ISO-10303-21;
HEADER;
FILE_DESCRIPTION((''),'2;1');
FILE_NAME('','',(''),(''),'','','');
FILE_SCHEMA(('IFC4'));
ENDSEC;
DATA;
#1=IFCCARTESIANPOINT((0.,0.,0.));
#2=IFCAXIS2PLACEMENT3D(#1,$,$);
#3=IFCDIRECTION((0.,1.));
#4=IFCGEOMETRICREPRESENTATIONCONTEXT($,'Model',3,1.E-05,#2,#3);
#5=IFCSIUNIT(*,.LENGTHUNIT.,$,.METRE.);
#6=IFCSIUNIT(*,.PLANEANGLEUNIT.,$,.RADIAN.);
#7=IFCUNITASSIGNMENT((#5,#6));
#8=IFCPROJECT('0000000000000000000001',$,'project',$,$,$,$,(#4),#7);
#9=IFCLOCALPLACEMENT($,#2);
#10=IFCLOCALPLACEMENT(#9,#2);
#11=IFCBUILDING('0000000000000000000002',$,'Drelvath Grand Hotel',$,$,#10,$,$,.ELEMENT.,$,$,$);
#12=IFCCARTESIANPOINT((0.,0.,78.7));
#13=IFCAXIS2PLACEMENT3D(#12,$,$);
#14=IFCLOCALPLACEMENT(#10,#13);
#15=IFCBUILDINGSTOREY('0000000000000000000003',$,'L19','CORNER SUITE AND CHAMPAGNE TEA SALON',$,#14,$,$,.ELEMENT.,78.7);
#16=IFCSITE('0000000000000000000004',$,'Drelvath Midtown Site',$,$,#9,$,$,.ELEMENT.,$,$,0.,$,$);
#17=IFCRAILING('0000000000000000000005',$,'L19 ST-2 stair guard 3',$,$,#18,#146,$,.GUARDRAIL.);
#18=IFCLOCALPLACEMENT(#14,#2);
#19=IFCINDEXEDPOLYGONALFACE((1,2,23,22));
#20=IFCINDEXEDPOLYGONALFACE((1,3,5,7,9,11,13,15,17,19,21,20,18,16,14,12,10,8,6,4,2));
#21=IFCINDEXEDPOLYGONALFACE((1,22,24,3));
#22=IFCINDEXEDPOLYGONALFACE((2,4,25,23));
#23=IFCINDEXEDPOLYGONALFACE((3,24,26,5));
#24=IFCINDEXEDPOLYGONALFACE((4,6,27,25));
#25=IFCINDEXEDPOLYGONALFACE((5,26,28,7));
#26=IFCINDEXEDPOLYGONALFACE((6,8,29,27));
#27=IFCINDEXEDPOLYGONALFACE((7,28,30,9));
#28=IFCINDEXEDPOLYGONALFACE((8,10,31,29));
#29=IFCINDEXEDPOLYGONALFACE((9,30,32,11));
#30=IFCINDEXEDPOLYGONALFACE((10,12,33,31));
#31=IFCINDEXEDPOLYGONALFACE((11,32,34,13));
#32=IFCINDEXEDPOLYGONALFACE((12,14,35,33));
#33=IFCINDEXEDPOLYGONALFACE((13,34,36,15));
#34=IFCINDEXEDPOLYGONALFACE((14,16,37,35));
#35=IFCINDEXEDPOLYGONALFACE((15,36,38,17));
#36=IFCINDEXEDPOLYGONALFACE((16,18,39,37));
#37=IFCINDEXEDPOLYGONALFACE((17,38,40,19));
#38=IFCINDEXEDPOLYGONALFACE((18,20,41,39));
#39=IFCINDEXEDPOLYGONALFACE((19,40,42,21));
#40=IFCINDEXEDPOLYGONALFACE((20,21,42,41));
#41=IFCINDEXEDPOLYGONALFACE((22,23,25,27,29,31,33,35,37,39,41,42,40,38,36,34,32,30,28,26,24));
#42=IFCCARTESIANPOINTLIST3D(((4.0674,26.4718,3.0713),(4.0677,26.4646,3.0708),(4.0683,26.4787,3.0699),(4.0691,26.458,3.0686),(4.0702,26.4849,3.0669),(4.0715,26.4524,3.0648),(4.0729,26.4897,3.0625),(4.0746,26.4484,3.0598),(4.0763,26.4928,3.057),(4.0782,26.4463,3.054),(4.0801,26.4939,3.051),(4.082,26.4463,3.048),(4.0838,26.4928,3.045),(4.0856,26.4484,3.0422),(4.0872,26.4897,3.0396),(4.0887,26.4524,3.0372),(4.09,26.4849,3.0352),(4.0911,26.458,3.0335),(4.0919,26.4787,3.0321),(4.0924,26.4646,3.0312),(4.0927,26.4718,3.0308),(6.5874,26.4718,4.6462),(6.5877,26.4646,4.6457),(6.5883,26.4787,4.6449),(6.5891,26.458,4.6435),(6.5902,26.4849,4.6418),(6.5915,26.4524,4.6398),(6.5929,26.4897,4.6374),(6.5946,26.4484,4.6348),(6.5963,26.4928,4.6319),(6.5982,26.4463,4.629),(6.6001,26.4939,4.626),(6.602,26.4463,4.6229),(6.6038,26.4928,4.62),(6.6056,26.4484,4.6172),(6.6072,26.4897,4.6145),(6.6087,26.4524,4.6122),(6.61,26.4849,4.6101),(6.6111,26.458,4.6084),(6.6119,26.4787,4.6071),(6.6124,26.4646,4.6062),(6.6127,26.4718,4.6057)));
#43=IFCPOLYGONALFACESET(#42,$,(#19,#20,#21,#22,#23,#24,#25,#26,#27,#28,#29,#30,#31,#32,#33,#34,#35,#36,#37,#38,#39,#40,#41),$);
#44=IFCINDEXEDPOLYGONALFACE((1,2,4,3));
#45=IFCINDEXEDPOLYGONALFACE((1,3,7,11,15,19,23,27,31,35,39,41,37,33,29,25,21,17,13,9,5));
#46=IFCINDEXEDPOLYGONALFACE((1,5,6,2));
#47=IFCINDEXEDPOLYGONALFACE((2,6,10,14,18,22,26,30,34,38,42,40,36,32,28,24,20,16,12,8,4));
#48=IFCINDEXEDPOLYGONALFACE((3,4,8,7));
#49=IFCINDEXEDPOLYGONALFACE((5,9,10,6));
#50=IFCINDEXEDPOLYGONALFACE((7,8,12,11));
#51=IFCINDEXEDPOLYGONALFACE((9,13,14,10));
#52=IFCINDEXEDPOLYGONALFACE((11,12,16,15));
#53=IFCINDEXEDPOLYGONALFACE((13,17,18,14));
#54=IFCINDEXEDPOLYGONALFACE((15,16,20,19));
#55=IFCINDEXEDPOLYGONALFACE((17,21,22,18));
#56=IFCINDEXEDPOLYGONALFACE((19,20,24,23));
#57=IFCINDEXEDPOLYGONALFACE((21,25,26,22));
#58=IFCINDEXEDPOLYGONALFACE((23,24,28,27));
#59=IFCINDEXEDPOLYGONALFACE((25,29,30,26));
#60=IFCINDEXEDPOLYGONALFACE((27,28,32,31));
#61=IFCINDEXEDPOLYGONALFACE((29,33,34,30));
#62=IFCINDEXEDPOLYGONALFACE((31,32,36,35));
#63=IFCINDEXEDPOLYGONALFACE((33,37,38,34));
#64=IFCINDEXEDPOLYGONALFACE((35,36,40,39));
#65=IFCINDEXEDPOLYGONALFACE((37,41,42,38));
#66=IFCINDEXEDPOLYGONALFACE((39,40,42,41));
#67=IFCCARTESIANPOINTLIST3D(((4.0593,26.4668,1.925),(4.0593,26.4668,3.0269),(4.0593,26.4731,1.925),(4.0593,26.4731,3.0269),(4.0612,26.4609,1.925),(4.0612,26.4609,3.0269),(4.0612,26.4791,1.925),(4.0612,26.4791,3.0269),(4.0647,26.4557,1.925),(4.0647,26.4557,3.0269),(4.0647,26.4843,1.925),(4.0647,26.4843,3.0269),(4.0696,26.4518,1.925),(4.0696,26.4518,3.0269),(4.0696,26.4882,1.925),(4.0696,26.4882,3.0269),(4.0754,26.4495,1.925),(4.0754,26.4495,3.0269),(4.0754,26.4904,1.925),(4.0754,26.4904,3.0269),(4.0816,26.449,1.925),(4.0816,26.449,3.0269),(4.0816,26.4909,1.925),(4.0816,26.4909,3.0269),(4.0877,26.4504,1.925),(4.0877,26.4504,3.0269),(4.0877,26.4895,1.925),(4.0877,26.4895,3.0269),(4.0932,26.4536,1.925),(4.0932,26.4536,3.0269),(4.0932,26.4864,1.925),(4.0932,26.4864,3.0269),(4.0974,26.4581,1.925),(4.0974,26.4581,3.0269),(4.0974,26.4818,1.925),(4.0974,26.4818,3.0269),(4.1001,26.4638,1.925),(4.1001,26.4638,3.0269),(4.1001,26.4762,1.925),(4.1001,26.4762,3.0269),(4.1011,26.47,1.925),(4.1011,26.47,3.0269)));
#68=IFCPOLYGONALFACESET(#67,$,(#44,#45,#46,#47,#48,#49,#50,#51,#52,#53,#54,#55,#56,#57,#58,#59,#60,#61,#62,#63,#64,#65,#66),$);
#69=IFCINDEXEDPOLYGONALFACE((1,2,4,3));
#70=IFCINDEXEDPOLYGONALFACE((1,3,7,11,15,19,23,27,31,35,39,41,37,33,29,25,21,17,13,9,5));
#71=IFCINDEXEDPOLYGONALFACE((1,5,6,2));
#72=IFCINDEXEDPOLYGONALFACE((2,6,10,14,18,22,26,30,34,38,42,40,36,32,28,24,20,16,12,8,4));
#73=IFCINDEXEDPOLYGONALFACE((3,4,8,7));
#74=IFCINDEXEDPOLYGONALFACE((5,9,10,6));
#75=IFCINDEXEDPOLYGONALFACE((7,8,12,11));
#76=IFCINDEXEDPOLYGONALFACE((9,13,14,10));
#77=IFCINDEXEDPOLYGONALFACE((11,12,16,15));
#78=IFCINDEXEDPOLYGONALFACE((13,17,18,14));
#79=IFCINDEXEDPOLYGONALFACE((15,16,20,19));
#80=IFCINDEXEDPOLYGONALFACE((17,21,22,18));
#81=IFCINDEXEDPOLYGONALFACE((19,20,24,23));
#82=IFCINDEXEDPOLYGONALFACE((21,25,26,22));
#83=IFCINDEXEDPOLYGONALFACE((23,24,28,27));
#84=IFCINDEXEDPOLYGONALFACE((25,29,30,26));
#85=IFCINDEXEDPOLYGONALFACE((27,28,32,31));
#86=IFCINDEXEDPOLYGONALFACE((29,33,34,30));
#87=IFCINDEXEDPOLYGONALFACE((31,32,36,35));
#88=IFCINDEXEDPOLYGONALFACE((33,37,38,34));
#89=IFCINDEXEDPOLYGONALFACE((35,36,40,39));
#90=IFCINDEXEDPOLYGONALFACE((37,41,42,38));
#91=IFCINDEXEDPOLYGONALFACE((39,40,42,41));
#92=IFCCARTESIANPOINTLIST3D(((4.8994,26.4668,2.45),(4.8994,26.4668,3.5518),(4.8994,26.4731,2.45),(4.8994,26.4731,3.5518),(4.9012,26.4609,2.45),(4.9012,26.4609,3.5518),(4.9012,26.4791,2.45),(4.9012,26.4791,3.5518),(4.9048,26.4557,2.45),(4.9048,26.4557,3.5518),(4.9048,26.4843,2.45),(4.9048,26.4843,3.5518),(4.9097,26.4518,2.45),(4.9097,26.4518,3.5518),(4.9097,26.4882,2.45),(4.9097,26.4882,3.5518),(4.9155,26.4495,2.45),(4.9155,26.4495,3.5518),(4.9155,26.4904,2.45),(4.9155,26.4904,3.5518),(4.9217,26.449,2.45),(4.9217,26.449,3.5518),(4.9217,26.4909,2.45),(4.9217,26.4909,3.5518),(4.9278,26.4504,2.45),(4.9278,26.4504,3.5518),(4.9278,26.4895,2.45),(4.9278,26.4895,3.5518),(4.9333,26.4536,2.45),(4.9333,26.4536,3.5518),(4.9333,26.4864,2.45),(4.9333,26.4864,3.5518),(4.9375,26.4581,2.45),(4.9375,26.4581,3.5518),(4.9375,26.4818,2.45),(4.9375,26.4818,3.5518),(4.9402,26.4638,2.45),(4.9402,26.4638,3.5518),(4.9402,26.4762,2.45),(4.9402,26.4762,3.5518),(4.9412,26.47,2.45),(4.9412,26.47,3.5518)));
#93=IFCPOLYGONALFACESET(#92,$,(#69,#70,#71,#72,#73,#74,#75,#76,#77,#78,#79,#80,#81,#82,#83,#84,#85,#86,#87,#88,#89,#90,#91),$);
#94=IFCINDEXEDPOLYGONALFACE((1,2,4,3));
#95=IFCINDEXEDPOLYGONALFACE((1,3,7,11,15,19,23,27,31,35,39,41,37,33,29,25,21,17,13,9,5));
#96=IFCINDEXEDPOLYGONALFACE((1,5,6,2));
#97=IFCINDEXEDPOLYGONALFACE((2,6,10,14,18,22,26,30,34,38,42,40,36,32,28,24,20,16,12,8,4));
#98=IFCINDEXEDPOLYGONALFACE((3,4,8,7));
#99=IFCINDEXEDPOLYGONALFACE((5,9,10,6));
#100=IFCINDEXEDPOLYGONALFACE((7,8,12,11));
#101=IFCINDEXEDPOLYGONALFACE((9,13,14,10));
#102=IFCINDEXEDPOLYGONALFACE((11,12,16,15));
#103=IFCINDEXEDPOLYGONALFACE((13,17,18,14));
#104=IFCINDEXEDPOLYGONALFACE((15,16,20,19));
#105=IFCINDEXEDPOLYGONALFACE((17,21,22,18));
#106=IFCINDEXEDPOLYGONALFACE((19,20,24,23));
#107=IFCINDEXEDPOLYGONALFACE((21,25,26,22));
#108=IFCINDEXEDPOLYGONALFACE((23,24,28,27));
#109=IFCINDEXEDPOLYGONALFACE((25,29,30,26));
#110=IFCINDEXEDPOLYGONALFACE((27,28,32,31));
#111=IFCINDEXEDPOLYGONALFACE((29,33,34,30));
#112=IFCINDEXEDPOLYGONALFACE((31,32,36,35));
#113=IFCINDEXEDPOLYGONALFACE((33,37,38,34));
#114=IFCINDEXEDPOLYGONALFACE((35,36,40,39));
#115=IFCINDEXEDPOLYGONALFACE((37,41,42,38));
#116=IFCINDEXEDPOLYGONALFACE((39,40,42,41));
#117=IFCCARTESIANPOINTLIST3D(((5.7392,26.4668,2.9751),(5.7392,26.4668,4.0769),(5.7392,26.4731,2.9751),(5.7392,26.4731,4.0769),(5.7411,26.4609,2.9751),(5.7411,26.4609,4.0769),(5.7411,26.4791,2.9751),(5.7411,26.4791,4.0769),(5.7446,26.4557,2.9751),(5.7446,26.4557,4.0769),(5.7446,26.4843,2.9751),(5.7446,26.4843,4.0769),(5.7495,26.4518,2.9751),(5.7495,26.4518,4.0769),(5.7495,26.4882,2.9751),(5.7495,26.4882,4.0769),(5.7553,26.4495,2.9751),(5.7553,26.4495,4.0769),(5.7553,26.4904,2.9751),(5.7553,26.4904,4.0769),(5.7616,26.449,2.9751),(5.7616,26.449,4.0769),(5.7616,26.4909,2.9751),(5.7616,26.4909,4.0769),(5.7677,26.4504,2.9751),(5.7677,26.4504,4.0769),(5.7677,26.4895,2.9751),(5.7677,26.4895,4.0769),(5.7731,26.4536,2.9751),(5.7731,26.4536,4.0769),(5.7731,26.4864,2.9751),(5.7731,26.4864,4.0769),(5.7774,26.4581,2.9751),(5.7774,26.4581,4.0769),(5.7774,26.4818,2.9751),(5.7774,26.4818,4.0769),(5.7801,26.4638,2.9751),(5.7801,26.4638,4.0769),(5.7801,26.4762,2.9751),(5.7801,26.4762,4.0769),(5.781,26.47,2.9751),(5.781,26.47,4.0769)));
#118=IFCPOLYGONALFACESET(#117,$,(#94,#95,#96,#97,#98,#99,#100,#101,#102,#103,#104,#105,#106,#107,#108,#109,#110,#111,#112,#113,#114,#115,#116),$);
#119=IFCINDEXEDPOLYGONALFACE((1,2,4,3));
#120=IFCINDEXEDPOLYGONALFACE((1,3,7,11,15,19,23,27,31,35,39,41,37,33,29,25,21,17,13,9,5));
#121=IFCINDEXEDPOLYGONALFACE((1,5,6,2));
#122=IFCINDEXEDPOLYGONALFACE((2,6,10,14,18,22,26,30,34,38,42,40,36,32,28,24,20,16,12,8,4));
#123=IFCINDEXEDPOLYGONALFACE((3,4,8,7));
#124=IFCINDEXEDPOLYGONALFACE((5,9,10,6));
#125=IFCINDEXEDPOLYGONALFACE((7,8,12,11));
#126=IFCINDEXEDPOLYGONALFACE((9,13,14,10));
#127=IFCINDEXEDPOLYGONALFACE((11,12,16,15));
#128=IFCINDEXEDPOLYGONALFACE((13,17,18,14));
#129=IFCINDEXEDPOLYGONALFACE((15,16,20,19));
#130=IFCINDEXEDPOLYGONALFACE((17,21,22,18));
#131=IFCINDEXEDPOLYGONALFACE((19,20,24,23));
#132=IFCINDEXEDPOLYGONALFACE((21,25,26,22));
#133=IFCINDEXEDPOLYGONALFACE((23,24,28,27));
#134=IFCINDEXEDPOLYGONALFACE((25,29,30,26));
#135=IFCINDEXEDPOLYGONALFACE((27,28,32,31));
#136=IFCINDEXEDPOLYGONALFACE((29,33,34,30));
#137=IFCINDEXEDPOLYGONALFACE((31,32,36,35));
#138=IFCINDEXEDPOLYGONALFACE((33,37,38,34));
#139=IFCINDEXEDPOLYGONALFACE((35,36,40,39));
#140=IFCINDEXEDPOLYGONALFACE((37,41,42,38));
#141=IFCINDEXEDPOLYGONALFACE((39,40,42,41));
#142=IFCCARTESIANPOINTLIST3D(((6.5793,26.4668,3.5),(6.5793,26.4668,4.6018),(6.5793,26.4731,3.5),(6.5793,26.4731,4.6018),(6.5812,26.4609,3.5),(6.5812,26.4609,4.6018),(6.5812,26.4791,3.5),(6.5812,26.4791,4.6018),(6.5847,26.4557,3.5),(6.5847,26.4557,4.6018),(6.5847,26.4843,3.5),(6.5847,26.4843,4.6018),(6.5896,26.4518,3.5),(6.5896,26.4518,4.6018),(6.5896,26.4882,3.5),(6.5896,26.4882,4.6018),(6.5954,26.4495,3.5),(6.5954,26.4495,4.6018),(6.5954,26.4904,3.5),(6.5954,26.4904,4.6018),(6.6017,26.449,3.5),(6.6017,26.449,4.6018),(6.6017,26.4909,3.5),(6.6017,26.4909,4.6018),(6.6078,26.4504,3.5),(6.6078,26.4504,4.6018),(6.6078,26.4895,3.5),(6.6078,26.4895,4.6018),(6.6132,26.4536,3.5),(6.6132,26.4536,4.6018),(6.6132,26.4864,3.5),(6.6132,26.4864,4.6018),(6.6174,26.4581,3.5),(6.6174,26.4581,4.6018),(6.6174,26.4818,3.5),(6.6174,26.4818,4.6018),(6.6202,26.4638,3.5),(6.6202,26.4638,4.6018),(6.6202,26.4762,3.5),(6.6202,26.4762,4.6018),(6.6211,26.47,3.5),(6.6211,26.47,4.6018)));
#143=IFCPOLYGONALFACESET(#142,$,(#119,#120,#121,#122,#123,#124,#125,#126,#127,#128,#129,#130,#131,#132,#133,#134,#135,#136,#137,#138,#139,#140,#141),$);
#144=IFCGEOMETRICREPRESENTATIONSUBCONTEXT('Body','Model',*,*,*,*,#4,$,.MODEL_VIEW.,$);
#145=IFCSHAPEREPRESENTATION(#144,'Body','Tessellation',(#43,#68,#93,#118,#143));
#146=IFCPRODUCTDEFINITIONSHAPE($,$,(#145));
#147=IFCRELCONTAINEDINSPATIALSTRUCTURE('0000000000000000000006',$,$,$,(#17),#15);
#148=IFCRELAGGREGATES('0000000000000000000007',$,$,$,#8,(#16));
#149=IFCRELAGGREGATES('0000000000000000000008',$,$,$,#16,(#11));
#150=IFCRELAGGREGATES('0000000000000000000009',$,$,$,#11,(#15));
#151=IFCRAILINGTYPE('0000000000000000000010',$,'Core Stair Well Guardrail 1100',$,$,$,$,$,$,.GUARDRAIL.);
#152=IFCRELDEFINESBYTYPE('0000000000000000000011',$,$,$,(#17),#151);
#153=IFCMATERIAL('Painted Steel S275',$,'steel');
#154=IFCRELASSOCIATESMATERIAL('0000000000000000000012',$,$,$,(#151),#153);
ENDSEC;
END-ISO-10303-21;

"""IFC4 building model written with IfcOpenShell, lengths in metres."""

from ifc_helpers import new_model, si_unit, direction, frame, origin, origin_2d, place, context, subcontext, project, spatial, circle, extrude, material, type_object, element, save


model = new_model("IFC4")

# Units and contexts
model_context = context("Model", 3, precision=1e-05, world=origin(), true_north=direction((0.0, 1.0)))
body_context = subcontext(model_context, "Body", "Model", "MODEL_VIEW")
ifc_project = project(units=[si_unit("LENGTHUNIT", "METRE"), si_unit("PLANEANGLEUNIT", "RADIAN")], contexts=[model_context])

# Site, building, storey
site_placement = place(None, origin())
site = spatial("IfcSite", under=ifc_project, at=site_placement, Name="Drelvath Midtown Site", CompositionType="ELEMENT", RefElevation=0.0)
building_placement = place(site_placement, origin())
building = spatial("IfcBuilding", under=site, at=building_placement, Name="Drelvath Grand Hotel", CompositionType="ELEMENT")
storey_placement = place(building_placement, frame((0.0, 0.0, 78.7)))
storey = spatial("IfcBuildingStorey", under=building, at=storey_placement, Name="L19", Description="CORNER SUITE AND CHAMPAGNE TEA SALON", CompositionType="ELEMENT", Elevation=78.7)

# Shared definitions
ifc_material_1 = material(Name="Painted Steel S275", Category="steel")

# Railing
railing_type_1 = type_object("IfcRailingType", Name="Core Stair Well Guardrail 1100", PredefinedType="GUARDRAIL", material=ifc_material_1)
railing_1_placement = place(storey_placement, frame((4.0801, 26.47, 1.925)))
element("IfcRailing", 1, at=railing_1_placement, inside=storey, type_object=railing_type_1, Name="L19 ST-2 stair guard 3", PredefinedType="GUARDRAIL", context=body_context, shape_type="SweptSolid", body=[
    extrude(circle(Radius=0.0239, at=origin_2d()), frame((0.0, 0.0, 1.126), z_axis=(0.848008, 0.0, 0.529984), x_axis=(0.0, 1.0, 0.0)), (0.0, 0.0, 1.0), 2.9717),
    extrude(circle(Radius=0.021, at=origin_2d()), origin(), (0.0, 0.0, 1.0), 1.1018),
    extrude(circle(Radius=0.021, at=origin_2d()), frame((0.8401, 0.0, 0.5249)), (0.0, 0.0, 1.0), 1.1018),
    extrude(circle(Radius=0.021, at=origin_2d()), frame((1.6799, 0.0, 1.05)), (0.0, 0.0, 1.0), 1.1018),
    extrude(circle(Radius=0.021, at=origin_2d()), frame((2.52, 0.0, 1.575)), (0.0, 0.0, 1.0), 1.1018),
])

save(model, "model.ifc")
